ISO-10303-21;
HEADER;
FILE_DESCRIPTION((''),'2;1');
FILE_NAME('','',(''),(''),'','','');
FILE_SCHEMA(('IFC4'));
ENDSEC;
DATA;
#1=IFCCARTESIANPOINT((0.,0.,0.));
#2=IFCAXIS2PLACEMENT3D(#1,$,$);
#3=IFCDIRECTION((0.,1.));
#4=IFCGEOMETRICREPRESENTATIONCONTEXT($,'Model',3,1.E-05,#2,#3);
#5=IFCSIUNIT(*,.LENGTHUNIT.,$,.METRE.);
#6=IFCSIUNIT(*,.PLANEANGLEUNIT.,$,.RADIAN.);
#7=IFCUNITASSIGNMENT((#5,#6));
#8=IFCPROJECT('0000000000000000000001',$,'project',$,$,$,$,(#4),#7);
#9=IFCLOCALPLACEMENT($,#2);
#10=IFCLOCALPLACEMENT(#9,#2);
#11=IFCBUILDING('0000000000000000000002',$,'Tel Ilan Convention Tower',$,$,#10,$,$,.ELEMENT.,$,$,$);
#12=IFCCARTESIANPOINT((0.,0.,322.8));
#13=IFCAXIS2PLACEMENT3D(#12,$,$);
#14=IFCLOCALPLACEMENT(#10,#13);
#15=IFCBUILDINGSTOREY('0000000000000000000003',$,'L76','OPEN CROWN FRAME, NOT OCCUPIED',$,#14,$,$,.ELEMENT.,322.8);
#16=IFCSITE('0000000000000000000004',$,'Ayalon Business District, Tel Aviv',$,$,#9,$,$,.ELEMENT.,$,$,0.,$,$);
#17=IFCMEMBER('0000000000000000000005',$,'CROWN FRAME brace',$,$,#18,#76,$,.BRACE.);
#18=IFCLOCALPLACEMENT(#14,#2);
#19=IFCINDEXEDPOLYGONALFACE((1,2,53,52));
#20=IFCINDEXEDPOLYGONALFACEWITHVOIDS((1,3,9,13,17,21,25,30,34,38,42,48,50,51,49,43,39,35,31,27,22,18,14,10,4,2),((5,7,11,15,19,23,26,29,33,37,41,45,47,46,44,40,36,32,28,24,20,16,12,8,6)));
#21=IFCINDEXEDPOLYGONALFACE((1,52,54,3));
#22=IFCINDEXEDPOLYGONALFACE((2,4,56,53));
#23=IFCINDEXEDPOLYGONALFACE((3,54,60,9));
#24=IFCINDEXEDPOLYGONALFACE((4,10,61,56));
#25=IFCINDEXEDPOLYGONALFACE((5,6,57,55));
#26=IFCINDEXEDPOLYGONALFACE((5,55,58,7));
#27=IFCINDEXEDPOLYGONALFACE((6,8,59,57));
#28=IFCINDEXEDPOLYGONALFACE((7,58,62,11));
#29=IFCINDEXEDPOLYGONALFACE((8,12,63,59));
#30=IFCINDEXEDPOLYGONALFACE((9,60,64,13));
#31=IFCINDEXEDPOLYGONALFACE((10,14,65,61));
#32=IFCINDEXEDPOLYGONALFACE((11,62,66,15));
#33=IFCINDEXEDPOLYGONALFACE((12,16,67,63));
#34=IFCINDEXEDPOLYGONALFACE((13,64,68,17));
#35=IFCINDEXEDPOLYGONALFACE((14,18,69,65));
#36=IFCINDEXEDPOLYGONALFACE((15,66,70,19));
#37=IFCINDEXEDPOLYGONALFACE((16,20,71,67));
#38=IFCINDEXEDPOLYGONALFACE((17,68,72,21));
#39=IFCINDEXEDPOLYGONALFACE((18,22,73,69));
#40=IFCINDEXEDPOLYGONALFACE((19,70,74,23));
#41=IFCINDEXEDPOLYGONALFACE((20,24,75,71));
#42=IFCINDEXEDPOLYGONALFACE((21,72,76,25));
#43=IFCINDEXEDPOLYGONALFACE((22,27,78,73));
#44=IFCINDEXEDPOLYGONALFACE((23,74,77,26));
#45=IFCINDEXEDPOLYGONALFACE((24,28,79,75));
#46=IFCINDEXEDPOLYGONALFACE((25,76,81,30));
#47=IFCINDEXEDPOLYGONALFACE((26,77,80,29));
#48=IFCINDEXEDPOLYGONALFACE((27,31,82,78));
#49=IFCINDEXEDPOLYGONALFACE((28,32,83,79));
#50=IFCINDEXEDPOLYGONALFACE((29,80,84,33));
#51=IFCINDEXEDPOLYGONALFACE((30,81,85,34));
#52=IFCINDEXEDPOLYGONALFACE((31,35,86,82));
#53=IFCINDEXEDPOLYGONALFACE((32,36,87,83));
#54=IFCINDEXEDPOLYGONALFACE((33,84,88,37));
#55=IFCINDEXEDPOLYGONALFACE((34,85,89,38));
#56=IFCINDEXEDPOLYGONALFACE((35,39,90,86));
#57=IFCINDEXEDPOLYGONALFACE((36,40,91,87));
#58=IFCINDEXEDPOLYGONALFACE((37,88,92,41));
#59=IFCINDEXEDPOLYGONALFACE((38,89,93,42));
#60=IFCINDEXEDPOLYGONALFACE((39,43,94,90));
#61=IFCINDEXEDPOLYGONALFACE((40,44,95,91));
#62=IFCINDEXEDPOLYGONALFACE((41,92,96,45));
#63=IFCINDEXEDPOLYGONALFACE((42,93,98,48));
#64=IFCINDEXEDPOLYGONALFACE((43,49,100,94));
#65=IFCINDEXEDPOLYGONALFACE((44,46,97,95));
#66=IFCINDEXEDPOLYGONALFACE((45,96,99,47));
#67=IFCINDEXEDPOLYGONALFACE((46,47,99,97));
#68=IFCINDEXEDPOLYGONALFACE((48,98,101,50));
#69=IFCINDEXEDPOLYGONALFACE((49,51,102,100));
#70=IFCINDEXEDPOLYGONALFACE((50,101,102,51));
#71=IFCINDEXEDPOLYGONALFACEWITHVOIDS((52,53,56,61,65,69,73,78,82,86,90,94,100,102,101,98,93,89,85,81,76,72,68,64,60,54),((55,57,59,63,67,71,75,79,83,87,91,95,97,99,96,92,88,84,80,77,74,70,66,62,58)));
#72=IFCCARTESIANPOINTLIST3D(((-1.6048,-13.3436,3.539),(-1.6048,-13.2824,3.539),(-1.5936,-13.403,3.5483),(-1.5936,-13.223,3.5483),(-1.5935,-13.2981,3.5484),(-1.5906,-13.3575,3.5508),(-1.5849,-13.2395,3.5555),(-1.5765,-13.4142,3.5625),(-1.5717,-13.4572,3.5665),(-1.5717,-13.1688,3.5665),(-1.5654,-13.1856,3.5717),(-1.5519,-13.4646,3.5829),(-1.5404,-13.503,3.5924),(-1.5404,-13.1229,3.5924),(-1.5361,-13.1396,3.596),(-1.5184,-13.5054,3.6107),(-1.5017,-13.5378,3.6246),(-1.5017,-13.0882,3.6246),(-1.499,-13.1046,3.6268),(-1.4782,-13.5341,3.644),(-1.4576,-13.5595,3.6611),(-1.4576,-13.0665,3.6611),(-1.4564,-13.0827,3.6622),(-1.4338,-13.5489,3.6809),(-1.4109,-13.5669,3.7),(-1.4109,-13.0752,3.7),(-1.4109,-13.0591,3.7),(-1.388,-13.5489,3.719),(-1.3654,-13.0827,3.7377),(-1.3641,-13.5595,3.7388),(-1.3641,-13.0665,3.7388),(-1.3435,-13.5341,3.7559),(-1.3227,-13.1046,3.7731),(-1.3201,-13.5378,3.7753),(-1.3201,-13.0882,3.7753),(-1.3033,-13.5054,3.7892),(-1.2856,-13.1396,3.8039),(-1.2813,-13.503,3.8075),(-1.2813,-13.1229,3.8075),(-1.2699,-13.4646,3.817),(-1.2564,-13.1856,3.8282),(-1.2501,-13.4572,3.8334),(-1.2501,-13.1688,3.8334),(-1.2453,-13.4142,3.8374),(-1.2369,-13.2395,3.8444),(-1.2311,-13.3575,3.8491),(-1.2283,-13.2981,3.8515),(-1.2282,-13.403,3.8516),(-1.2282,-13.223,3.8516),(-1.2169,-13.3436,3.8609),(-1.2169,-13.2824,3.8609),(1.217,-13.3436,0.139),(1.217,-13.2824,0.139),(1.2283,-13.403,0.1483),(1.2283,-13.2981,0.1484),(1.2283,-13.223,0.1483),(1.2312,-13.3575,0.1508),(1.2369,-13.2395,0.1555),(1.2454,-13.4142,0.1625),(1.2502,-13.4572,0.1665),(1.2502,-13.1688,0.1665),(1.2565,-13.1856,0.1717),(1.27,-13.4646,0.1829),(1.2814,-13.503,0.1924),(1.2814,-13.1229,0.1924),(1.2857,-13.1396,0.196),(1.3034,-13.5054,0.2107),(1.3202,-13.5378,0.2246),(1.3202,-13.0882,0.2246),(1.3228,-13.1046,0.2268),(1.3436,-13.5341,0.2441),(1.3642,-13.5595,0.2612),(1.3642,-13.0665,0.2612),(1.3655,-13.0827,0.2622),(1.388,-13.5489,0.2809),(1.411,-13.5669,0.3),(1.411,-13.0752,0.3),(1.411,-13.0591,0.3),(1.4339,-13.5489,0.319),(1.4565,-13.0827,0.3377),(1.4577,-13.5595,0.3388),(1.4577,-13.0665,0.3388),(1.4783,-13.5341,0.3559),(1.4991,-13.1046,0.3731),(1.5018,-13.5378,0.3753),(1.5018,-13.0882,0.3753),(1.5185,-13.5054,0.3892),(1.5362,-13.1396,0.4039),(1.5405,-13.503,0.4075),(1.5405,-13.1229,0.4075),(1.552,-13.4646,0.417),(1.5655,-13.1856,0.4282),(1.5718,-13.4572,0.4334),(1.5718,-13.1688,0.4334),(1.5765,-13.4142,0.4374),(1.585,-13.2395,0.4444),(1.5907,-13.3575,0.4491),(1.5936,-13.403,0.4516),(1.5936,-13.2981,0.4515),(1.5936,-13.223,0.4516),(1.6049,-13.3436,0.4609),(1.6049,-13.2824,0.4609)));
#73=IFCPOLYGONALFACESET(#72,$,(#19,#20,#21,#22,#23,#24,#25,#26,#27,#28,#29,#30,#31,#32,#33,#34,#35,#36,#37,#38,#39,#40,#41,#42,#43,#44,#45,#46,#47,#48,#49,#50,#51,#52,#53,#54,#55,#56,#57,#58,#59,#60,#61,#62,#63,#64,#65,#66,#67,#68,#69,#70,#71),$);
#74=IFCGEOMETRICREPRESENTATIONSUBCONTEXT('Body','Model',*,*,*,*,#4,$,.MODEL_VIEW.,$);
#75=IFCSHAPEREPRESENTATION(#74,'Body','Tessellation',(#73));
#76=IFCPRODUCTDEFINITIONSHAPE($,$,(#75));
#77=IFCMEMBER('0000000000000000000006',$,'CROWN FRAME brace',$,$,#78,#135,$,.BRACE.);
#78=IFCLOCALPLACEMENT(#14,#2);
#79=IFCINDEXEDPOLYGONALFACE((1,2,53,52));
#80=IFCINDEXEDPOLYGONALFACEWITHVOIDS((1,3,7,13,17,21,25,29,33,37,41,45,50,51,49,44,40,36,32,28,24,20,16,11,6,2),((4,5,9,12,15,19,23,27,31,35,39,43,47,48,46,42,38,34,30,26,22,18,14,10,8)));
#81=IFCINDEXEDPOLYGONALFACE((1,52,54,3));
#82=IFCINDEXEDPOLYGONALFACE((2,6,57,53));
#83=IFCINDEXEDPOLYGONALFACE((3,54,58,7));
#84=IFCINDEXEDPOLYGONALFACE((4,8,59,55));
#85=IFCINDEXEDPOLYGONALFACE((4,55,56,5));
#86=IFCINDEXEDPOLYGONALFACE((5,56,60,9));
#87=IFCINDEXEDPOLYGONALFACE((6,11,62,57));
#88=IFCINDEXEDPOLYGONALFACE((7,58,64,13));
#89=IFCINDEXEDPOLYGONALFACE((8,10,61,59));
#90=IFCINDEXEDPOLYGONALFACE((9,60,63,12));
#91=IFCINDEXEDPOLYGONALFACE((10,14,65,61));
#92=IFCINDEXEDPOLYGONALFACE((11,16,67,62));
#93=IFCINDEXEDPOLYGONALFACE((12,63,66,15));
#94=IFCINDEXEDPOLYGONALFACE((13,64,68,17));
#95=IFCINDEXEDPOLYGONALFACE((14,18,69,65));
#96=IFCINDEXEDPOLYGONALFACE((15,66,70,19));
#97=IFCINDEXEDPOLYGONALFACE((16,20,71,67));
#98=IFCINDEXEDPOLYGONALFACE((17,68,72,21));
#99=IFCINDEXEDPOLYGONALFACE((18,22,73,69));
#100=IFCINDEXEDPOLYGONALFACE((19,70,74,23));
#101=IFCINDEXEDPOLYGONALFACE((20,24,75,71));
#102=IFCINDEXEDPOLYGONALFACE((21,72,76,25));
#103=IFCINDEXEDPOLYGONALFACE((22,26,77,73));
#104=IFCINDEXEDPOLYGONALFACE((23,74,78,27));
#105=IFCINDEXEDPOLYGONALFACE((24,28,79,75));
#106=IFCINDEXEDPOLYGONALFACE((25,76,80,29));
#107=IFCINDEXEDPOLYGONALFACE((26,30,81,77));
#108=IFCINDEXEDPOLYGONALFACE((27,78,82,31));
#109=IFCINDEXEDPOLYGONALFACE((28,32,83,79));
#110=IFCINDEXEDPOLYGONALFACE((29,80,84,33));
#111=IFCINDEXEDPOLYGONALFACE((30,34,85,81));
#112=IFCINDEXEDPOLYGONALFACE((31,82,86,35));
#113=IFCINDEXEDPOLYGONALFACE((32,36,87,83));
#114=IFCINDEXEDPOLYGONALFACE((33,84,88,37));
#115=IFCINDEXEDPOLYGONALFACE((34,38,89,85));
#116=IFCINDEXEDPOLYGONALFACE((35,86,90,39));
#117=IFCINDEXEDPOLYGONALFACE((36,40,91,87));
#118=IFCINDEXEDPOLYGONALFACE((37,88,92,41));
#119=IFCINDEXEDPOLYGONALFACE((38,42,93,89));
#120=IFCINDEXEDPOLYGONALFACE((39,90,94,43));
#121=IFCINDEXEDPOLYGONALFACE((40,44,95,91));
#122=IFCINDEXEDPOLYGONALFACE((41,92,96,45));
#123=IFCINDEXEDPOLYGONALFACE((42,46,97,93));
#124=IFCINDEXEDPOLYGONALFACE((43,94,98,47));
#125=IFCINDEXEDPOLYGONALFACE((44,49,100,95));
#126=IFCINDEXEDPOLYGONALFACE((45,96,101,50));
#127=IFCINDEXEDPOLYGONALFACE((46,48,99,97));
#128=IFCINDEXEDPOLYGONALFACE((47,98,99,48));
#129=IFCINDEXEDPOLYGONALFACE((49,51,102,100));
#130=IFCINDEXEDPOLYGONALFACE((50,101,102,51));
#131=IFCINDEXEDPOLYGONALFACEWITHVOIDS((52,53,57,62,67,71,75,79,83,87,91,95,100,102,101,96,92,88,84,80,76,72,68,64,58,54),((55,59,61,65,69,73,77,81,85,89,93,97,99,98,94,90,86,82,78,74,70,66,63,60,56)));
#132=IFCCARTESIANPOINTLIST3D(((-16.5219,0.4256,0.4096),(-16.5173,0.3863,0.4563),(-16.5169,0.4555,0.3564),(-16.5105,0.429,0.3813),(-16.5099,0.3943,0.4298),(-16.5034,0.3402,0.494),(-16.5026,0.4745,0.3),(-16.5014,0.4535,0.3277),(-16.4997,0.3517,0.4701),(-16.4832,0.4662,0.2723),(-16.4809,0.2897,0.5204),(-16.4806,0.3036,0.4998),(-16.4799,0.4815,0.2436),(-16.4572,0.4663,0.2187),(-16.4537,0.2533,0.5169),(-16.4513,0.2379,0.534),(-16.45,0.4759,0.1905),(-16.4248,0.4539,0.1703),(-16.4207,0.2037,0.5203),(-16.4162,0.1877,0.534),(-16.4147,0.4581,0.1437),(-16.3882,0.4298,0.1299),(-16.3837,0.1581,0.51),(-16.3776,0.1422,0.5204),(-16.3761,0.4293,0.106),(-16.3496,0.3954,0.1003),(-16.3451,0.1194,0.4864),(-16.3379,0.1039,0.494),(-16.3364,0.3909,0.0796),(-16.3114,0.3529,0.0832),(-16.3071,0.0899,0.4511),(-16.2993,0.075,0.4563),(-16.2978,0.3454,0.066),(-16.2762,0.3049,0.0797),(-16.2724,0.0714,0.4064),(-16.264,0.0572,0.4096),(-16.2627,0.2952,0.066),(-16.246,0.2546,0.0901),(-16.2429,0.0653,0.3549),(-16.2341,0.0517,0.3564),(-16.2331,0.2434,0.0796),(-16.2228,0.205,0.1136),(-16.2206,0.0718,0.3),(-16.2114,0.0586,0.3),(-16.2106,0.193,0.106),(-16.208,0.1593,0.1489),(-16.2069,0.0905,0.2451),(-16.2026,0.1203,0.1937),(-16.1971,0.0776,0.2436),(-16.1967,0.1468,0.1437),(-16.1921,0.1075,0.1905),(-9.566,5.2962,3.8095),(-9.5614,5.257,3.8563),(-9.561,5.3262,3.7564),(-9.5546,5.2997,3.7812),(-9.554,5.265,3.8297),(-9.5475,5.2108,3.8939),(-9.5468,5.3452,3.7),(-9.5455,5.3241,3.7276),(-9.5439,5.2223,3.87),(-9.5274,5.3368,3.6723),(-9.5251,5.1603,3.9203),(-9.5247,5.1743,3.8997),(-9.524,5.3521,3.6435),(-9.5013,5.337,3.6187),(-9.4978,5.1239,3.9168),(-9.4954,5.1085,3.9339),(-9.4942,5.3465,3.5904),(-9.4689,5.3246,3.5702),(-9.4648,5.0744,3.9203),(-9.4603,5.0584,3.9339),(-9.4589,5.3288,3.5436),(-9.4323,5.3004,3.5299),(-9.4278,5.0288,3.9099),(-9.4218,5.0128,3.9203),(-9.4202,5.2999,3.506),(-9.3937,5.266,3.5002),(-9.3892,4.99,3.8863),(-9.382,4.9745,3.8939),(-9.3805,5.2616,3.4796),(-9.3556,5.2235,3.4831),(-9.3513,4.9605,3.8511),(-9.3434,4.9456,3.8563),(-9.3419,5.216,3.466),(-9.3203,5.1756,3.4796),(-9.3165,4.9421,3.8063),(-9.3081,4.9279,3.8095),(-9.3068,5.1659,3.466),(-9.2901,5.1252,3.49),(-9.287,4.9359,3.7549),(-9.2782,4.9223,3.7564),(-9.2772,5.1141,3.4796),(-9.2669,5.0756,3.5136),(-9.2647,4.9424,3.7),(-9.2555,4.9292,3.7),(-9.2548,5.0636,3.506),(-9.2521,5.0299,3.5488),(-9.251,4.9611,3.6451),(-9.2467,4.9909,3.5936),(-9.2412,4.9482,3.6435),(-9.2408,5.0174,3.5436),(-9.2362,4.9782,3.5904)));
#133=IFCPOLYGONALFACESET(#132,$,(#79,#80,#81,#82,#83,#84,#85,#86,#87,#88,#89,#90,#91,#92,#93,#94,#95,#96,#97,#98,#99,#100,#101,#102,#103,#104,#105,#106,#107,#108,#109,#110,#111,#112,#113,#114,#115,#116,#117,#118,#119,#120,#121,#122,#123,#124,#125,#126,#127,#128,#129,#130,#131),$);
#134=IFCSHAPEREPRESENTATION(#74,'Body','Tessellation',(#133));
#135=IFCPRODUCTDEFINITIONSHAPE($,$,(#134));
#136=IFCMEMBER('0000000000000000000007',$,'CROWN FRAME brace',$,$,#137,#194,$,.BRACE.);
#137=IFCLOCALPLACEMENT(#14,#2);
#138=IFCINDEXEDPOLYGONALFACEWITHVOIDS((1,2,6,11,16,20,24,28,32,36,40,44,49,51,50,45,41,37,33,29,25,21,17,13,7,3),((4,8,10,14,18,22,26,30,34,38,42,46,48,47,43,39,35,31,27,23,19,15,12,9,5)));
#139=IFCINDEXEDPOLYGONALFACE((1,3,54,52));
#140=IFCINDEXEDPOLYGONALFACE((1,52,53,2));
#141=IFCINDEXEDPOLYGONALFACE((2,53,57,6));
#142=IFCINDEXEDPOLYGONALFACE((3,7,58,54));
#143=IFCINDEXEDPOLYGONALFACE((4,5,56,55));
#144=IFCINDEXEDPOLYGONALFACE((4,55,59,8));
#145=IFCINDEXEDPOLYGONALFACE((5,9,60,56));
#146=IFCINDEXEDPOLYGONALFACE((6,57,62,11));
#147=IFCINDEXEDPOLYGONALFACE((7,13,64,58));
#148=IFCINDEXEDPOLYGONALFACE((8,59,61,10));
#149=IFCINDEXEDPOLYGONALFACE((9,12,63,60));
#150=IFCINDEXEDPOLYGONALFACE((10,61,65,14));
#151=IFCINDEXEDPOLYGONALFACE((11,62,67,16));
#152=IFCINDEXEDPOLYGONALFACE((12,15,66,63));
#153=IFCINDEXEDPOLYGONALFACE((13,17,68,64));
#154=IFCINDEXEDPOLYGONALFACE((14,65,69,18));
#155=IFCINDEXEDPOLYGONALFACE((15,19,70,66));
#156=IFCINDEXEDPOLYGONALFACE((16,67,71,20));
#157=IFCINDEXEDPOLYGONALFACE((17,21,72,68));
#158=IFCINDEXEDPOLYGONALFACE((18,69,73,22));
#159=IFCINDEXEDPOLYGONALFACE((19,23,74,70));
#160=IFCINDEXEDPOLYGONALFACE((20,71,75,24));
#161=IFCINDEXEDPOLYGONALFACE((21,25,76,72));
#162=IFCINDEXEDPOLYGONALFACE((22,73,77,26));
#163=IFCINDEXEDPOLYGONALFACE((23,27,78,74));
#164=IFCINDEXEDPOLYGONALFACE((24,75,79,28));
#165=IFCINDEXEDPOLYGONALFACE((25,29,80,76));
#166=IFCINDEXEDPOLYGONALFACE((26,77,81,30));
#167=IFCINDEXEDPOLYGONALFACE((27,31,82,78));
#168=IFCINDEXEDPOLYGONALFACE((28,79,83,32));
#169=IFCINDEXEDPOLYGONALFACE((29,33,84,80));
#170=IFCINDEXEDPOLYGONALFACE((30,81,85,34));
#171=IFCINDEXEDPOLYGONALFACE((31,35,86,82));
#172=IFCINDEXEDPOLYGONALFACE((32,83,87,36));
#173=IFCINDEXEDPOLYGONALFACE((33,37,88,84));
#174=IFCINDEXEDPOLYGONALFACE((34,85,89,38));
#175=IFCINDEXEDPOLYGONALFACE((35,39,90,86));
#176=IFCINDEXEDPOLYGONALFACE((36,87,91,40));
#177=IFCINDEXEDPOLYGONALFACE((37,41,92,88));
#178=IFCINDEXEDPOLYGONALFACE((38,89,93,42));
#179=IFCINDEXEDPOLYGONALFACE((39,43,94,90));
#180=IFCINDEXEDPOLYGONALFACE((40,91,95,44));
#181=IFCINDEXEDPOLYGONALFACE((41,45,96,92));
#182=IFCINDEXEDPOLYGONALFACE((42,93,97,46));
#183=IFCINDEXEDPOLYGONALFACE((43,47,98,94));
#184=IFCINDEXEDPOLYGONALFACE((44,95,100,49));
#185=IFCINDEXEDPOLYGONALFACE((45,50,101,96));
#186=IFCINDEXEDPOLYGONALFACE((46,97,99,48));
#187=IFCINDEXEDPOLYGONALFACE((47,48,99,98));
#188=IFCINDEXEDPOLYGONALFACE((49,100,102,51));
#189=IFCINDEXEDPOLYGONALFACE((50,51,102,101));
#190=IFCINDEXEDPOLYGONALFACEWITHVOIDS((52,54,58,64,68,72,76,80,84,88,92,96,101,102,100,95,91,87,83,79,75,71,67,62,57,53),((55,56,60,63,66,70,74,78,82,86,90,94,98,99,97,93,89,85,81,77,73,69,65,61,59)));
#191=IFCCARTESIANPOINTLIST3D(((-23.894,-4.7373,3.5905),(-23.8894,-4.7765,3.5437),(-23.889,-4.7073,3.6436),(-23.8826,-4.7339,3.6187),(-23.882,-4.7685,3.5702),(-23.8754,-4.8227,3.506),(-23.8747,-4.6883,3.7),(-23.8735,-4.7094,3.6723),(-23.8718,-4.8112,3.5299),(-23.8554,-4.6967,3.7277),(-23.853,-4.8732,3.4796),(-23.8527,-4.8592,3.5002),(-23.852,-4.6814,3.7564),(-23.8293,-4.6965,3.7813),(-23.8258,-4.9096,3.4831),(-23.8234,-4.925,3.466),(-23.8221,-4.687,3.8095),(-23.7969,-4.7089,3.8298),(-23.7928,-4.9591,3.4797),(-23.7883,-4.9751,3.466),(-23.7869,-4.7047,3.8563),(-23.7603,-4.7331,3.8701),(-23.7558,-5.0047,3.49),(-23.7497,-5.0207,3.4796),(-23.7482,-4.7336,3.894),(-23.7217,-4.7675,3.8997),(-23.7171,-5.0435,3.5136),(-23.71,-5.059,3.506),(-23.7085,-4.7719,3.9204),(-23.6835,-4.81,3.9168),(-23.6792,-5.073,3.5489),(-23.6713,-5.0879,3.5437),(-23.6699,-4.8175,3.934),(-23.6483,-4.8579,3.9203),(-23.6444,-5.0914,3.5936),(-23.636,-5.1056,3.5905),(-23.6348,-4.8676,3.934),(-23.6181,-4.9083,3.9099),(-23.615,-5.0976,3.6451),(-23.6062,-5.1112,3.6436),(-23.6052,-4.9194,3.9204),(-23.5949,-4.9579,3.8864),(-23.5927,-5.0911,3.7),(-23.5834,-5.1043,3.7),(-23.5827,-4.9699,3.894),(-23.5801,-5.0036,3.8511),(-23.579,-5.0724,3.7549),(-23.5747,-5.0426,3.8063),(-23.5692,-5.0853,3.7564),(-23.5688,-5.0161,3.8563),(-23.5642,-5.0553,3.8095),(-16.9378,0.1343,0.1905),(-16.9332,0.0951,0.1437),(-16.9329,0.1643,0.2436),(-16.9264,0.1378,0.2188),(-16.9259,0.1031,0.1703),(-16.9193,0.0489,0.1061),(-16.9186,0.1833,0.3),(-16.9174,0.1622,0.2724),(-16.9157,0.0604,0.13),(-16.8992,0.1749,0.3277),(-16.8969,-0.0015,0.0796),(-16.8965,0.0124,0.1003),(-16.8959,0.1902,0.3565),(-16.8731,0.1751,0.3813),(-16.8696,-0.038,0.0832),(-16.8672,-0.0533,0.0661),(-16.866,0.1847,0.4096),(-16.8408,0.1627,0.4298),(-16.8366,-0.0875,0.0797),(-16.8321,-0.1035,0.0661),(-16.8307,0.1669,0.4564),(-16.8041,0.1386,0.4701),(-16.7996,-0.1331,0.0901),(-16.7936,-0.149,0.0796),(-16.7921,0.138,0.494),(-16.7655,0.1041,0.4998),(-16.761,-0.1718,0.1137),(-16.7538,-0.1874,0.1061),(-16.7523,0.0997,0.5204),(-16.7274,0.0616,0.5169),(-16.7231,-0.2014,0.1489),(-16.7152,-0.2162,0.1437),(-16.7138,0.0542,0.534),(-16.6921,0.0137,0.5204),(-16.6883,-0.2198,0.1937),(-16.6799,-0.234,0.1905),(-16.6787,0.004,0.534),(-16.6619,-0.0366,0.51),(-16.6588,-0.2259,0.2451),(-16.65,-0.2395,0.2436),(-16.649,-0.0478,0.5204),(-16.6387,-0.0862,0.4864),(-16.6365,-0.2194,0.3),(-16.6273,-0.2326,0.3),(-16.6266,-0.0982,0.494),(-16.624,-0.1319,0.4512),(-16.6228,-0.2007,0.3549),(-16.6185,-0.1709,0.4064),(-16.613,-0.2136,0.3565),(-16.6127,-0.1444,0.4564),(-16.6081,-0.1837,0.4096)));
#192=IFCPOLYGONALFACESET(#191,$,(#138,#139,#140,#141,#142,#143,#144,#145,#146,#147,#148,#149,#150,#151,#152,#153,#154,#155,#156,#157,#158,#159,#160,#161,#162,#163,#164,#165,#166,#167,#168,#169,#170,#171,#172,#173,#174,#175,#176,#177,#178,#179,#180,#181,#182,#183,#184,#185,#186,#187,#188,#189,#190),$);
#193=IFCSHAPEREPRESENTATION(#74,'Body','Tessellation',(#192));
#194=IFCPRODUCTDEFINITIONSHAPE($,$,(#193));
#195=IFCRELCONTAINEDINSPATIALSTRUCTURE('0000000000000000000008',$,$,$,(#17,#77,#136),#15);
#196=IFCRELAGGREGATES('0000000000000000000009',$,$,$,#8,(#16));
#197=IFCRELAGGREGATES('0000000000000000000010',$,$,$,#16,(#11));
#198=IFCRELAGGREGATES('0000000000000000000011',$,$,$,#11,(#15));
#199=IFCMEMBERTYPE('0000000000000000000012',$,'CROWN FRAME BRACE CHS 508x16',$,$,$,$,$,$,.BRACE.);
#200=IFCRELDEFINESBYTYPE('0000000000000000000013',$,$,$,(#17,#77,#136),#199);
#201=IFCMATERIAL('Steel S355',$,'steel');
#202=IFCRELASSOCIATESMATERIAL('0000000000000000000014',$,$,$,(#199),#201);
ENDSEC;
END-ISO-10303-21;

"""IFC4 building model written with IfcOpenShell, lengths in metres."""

from ifc_helpers import new_model, si_unit, direction, frame, origin, origin_2d, place, context, subcontext, project, spatial, hollow_circle, extrude, material, material_profile, profile_set, type_object, element, save


model = new_model("IFC4")

# Units and contexts
model_context = context("Model", 3, precision=1e-05, world=origin(), true_north=direction((0.0, 1.0)))
body_context = subcontext(model_context, "Body", "Model", "MODEL_VIEW")
ifc_project = project(units=[si_unit("LENGTHUNIT", "METRE"), si_unit("PLANEANGLEUNIT", "RADIAN")], contexts=[model_context])

# Site, building, storey
site_placement = place(None, origin())
site = spatial("IfcSite", under=ifc_project, at=site_placement, Name="Ayalon Business District, Tel Aviv", CompositionType="ELEMENT", RefElevation=0.0)
building_placement = place(site_placement, origin())
building = spatial("IfcBuilding", under=site, at=building_placement, Name="Tel Ilan Convention Tower", CompositionType="ELEMENT")
storey_placement = place(building_placement, frame((0.0, 0.0, 322.8)))
storey = spatial("IfcBuildingStorey", under=building, at=storey_placement, Name="L76", Description="OPEN CROWN FRAME, NOT OCCUPIED", CompositionType="ELEMENT", Elevation=322.8)

# Members
ifc_material_1 = material(Name="Steel S355", Category="steel")
ifc_material_profile_1 = material_profile(ifc_material_1, hollow_circle(Radius=0.2539, WallThickness=0.0161, at=origin_2d()), Name="CHS 508x16")
ifc_profile_set_1 = profile_set([ifc_material_profile_1], Name="Steel S355")
member_type = type_object("IfcMemberType", Name="CROWN FRAME BRACE CHS 508x16", PredefinedType="BRACE", material=ifc_profile_set_1)
member_1_placement = place(storey_placement, frame((-1.4109, -13.313, 3.7), z_axis=(0.63865, 0.0, -0.769497), x_axis=(0.0, 1.0, 0.0)))
element("IfcMember", 1, at=member_1_placement, inside=storey, type_object=member_type, Name="CROWN FRAME brace", PredefinedType="BRACE", context=body_context, shape_type="SweptSolid", body=[
    extrude(hollow_circle(Radius=0.2539, WallThickness=0.0161, at=origin_2d()), origin(), (0.0, 0.0, 1.0), 4.4185),
])
member_2_placement = place(storey_placement, frame((-9.4011, 5.1372, 3.7), z_axis=(-0.760457, -0.532488, -0.371701), x_axis=(0.573584, -0.819147, 0.0)))
element("IfcMember", 2, at=member_2_placement, inside=storey, type_object=member_type, Name="CROWN FRAME brace", PredefinedType="BRACE", context=body_context, shape_type="SweptSolid", body=[
    extrude(hollow_circle(Radius=0.2539, WallThickness=0.0161, at=origin_2d()), origin(), (0.0, 0.0, 1.0), 9.147),
])
member_3_placement = place(storey_placement, frame((-16.7729, -0.0247, 0.3), z_axis=(-0.760425, -0.532554, 0.371672), x_axis=(0.573648, -0.819102, 0.0)))
element("IfcMember", 3, at=member_3_placement, inside=storey, type_object=member_type, Name="CROWN FRAME brace", PredefinedType="BRACE", context=body_context, shape_type="SweptSolid", body=[
    extrude(hollow_circle(Radius=0.2539, WallThickness=0.0161, at=origin_2d()), origin(), (0.0, 0.0, 1.0), 9.1477),
])

save(model, "model.ifc")
